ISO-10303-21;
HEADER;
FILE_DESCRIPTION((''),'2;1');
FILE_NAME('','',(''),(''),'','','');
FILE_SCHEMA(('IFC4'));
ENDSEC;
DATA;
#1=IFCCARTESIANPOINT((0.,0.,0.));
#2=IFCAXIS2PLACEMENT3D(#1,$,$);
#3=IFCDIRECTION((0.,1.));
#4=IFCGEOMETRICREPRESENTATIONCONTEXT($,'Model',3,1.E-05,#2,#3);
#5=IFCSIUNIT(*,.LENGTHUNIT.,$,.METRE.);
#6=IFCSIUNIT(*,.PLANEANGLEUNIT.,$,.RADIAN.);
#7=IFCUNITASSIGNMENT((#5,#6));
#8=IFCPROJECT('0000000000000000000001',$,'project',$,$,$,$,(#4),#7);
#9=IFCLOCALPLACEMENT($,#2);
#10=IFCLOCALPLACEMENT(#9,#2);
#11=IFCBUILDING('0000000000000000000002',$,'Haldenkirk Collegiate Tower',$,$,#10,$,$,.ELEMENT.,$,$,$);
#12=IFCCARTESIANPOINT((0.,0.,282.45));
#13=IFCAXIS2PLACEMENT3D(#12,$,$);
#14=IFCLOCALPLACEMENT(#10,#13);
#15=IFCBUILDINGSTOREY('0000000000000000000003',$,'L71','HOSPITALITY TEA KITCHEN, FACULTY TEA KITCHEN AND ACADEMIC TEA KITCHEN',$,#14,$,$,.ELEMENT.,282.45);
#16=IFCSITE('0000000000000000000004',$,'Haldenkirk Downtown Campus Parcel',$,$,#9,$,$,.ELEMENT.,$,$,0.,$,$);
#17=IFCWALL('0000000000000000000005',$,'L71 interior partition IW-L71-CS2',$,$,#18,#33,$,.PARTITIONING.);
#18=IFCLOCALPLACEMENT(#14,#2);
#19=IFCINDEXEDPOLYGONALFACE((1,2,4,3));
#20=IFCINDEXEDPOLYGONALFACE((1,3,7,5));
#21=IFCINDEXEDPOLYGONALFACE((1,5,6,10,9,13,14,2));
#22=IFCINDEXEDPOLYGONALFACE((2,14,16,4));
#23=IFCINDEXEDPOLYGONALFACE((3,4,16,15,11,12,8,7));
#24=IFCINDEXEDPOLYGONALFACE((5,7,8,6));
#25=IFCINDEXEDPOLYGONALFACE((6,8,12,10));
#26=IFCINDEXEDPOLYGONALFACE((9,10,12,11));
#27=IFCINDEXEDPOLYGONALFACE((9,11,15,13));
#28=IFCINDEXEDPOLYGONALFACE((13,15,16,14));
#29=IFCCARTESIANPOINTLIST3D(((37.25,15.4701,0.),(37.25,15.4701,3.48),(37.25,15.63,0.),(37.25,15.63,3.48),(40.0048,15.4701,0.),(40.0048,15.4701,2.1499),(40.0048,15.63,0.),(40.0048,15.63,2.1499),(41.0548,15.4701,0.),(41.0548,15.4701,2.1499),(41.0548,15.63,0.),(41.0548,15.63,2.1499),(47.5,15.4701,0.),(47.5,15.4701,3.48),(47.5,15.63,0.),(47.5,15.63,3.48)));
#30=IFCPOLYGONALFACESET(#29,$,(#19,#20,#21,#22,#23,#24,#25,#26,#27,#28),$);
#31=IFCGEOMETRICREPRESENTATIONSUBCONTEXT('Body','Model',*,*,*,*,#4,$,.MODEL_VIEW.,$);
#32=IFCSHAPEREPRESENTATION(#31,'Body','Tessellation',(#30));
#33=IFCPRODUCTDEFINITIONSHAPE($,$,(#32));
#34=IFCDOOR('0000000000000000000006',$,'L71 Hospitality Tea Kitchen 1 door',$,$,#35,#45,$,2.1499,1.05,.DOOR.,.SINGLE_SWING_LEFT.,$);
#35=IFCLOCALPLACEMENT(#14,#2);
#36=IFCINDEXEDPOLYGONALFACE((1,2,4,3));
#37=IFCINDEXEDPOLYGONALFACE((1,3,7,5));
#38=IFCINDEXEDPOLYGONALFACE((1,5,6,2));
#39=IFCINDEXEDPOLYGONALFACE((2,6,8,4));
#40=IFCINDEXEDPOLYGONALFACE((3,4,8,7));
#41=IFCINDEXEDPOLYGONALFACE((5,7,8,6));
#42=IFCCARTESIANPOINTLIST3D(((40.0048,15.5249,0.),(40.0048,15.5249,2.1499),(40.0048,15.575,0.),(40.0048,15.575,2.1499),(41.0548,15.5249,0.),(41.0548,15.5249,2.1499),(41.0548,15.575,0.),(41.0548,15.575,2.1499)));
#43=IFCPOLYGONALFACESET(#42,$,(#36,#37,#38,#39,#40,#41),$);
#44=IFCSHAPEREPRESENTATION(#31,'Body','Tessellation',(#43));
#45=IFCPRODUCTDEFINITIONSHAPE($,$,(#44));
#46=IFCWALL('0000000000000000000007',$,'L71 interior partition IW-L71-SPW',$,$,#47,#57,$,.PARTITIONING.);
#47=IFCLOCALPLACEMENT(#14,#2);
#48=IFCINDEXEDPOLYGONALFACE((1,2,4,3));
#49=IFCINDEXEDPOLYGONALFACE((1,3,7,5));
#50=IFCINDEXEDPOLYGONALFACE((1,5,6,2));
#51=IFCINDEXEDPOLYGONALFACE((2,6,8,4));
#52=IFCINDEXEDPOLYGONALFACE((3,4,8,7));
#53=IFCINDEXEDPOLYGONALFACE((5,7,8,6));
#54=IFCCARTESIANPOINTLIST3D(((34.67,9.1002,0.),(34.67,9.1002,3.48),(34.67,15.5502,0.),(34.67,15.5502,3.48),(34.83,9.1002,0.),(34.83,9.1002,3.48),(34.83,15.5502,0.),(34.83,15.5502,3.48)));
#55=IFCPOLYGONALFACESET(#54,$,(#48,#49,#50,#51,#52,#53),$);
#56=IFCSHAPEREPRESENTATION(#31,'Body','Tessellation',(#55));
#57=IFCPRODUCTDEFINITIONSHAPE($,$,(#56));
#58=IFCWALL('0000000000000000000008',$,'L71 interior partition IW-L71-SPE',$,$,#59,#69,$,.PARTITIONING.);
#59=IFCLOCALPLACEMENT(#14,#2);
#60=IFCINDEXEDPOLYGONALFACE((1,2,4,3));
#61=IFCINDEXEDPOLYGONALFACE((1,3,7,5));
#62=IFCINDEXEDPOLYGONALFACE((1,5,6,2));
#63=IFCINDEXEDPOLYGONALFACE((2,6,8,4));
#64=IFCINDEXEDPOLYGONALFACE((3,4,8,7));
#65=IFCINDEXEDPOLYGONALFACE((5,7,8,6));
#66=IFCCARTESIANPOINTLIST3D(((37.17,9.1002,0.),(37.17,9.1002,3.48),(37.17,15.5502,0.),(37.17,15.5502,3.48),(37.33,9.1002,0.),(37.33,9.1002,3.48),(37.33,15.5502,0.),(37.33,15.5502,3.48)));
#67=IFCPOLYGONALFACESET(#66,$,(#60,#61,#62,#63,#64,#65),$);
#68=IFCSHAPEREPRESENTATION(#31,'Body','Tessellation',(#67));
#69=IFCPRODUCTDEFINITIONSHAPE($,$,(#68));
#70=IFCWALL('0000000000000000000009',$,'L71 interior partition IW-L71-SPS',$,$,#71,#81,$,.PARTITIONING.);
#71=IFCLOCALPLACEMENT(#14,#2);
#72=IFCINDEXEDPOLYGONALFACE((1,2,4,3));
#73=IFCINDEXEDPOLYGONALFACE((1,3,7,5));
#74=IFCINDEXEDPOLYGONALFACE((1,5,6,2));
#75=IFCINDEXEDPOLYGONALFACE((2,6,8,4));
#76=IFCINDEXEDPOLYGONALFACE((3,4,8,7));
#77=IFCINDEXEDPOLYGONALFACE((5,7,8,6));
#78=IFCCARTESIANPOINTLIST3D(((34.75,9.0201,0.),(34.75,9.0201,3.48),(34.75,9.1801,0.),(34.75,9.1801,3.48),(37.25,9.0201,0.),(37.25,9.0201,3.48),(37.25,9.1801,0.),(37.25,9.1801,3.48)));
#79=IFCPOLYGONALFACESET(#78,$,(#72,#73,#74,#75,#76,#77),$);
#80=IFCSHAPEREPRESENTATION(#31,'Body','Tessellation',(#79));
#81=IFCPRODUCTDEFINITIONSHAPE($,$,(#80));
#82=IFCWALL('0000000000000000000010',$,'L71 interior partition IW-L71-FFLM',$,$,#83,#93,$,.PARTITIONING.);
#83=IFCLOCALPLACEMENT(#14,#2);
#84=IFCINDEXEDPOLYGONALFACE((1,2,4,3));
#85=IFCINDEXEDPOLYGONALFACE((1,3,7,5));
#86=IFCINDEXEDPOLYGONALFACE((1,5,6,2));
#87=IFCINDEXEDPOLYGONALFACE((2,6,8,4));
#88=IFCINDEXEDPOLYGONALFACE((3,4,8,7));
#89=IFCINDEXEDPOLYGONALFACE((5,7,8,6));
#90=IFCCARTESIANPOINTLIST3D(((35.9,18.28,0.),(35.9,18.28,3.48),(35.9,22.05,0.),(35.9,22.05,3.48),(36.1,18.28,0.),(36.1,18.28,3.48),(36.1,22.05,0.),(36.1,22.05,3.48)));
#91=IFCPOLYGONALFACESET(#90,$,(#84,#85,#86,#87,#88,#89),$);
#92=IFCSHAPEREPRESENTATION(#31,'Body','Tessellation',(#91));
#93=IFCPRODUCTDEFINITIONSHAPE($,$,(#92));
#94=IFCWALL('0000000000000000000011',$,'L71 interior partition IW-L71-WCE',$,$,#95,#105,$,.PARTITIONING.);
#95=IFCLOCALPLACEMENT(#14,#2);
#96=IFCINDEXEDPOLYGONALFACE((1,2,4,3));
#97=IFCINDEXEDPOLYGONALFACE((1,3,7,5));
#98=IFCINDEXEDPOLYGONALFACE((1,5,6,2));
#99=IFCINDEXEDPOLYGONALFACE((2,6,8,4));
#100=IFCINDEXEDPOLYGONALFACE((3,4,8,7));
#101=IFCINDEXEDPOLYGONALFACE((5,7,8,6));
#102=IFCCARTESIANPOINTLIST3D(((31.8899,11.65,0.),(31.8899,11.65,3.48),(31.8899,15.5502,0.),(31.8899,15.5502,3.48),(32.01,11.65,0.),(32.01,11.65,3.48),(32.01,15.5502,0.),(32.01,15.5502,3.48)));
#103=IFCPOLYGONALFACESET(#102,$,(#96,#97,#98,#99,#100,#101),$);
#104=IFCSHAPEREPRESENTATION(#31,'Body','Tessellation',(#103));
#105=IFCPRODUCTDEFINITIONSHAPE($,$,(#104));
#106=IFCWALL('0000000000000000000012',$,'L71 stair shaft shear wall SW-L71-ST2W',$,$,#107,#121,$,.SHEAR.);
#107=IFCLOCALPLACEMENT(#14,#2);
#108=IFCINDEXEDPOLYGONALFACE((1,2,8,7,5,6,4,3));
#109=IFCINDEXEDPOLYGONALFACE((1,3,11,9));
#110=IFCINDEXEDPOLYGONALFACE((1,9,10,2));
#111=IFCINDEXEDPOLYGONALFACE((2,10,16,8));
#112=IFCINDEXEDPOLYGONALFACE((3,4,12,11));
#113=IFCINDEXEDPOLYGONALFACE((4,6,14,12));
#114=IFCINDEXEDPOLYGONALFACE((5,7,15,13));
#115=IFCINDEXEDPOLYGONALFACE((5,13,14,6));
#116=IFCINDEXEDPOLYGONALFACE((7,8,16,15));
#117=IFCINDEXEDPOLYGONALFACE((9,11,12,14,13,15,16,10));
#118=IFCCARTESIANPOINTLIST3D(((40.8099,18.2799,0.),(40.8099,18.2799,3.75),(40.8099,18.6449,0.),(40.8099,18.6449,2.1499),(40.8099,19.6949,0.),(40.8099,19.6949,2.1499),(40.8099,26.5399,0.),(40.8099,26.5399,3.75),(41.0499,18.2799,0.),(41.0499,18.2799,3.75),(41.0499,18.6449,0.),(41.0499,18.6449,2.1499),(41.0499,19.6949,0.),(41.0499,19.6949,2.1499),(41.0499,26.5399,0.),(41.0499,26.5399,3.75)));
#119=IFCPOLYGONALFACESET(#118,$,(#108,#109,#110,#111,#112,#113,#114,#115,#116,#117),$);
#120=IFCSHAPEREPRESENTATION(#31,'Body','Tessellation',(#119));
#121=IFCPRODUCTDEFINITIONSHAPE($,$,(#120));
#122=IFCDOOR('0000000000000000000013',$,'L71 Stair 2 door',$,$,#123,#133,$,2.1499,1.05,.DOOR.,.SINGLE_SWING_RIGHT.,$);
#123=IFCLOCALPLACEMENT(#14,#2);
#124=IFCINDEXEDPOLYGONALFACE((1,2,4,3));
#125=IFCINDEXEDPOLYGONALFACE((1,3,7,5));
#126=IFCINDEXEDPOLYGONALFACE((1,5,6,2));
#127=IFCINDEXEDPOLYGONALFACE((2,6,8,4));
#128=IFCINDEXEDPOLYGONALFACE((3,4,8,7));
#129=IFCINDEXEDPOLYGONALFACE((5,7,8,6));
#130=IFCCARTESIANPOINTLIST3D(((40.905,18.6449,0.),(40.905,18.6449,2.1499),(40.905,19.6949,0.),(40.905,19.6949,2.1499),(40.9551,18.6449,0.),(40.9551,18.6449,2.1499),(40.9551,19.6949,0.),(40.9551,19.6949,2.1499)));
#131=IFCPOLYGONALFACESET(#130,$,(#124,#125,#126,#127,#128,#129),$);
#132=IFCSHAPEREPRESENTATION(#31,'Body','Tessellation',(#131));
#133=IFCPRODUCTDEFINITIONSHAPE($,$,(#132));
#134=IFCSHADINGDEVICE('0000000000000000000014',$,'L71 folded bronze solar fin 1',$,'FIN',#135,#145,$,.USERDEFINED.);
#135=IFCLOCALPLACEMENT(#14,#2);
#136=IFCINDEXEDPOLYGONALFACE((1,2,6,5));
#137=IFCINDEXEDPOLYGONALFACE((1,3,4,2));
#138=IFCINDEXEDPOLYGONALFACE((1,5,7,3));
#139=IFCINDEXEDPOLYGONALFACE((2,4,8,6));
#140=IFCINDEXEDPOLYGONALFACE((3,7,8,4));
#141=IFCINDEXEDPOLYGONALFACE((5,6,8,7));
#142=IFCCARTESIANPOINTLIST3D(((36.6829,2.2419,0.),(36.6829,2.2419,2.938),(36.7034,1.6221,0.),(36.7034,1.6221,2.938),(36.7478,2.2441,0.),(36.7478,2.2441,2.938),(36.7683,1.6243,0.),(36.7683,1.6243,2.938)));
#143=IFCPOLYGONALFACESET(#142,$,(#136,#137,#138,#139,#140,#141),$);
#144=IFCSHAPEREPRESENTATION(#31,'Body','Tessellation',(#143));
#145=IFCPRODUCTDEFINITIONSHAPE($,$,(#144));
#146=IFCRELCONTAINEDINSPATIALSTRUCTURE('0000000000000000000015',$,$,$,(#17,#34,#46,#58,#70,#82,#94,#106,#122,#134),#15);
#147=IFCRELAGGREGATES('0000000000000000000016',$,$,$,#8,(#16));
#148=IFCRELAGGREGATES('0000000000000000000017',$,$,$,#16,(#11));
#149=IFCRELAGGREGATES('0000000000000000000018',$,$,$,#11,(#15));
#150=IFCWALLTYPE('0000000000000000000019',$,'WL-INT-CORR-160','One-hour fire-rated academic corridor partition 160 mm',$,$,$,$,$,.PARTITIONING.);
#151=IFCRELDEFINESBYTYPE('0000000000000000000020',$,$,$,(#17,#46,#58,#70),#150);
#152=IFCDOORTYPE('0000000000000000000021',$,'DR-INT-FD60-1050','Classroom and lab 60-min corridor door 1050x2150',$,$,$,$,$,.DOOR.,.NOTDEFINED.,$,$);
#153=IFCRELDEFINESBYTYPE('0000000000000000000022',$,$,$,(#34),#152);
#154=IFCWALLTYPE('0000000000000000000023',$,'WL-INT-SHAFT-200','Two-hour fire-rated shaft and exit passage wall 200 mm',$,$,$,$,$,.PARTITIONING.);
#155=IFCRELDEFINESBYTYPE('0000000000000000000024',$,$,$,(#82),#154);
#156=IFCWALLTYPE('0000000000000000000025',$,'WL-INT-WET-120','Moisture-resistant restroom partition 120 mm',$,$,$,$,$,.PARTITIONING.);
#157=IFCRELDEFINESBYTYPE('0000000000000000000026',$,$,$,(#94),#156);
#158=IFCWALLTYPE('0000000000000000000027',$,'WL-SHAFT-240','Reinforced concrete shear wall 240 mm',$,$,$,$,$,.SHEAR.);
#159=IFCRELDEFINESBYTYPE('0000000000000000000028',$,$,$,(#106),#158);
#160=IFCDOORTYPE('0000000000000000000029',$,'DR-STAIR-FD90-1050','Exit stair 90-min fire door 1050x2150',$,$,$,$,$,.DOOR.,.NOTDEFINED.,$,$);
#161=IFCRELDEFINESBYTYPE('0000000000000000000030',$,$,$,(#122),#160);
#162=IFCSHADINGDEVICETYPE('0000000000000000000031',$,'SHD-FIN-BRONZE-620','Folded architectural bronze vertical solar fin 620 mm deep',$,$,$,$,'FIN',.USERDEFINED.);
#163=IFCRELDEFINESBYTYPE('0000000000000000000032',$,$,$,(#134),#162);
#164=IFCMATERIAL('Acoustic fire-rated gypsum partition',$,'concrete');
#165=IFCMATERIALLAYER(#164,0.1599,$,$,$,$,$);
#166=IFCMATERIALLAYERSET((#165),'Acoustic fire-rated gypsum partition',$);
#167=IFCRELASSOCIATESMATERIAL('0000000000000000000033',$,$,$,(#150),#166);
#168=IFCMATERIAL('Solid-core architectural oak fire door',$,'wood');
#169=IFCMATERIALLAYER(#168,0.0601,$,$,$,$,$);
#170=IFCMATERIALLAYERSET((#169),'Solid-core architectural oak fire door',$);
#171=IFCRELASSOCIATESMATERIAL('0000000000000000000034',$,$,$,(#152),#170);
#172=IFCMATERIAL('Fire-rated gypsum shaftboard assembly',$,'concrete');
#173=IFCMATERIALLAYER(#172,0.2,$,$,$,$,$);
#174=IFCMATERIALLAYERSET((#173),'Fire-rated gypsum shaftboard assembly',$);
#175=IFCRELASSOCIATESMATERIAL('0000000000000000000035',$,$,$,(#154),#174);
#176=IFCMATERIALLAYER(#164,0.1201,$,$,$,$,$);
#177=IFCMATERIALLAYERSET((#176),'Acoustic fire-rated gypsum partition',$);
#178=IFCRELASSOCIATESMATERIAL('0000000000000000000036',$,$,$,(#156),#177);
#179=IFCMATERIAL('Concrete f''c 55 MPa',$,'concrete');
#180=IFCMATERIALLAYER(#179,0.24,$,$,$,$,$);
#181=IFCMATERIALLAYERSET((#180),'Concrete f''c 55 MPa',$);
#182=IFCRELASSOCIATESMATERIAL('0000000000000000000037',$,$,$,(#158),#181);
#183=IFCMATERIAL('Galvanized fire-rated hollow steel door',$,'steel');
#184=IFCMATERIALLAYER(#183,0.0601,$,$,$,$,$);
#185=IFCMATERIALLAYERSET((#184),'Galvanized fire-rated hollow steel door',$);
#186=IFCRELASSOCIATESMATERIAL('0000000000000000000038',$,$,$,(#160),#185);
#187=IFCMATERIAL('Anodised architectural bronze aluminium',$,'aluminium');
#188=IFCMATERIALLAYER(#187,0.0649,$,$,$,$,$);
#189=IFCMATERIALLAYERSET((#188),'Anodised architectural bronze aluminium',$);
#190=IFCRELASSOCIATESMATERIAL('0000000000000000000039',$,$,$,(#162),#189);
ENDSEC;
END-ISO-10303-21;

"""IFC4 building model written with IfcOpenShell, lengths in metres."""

from ifc_helpers import new_model, si_unit, direction, frame, frame_2d, origin, origin_2d, place, context, subcontext, project, spatial, rectangle, extrude, source, transform, mapped, material, layer, layer_set, type_object, element, fill, save


model = new_model("IFC4")

# Units and contexts
model_context = context("Model", 3, precision=1e-05, world=origin(), true_north=direction((0.0, 1.0)))
body_context = subcontext(model_context, "Body", "Model", "MODEL_VIEW")
ifc_project = project(units=[si_unit("LENGTHUNIT", "METRE"), si_unit("PLANEANGLEUNIT", "RADIAN")], contexts=[model_context])

# Site, building, storey
site_placement = place(None, origin())
site = spatial("IfcSite", under=ifc_project, at=site_placement, Name="Haldenkirk Downtown Campus Parcel", CompositionType="ELEMENT", RefElevation=0.0)
building_placement = place(site_placement, origin())
building = spatial("IfcBuilding", under=site, at=building_placement, Name="Haldenkirk Collegiate Tower", CompositionType="ELEMENT")
storey_placement = place(building_placement, frame((0.0, 0.0, 282.45)))
storey = spatial("IfcBuildingStorey", under=building, at=storey_placement, Name="L71", Description="HOSPITALITY TEA KITCHEN, FACULTY TEA KITCHEN AND ACADEMIC TEA KITCHEN", CompositionType="ELEMENT", Elevation=282.45)

# Shared definitions
ifc_material_1 = material(Name="Anodised architectural bronze aluminium", Category="aluminium")

# Wall, opening, door
ifc_material_2 = material(Name="Acoustic fire-rated gypsum partition", Category="concrete")
ifc_layer_1 = layer(ifc_material_2, 0.1599)
ifc_layer_set_1 = layer_set([ifc_layer_1], Name="Acoustic fire-rated gypsum partition")
wall_type_1 = type_object("IfcWallType", Name="WL-INT-CORR-160", Description="One-hour fire-rated academic corridor partition 160 mm", PredefinedType="PARTITIONING", material=ifc_layer_set_1)
wall_1_placement = place(storey_placement, frame((37.25, 15.55, 0.0), z_axis=(0.0, 0.0, 1.0), x_axis=(1.0, 0.0, 0.0)))
wall_1 = element("IfcWall", 1, at=wall_1_placement, inside=storey, type_object=wall_type_1, Name="L71 interior partition IW-L71-CS2", PredefinedType="PARTITIONING", context=body_context, shape_type="SweptSolid", body=[
    extrude(rectangle(XDim=10.25, YDim=0.1599, at=frame_2d((5.125, 0.0))), origin(), (0.0, 0.0, 1.0), 3.48),
])
opening_1_placement = place(wall_1_placement, frame((2.7549, 0.0, 0.0)))
opening_1 = element("IfcOpeningElement", 2, at=opening_1_placement, cuts=wall_1, PredefinedType="OPENING", context=body_context, shape_type="SweptSolid", body=[
    extrude(rectangle(XDim=1.05, YDim=2.1499, at=frame_2d((0.5249, 1.075))), frame((0.0, 0.0898, 0.0), z_axis=(0.0, -1.0, 0.0), x_axis=(1.0, 0.0, 0.0)), (0.0, 0.0, 1.0), 0.1799),
])
ifc_material_3 = material(Name="Solid-core architectural oak fire door", Category="wood")
ifc_layer_2 = layer(ifc_material_3, 0.0601)
ifc_layer_set_2 = layer_set([ifc_layer_2], Name="Solid-core architectural oak fire door")
door_type_1 = type_object("IfcDoorType", Name="DR-INT-FD60-1050", Description="Classroom and lab 60-min corridor door 1050x2150", OperationType="NOTDEFINED", PredefinedType="DOOR", material=ifc_layer_set_2)
door_1_placement = place(opening_1_placement, origin())
door_1 = element("IfcDoor", 3, at=door_1_placement, inside=storey, type_object=door_type_1, Name="L71 Hospitality Tea Kitchen 1 door", OperationType="SINGLE_SWING_LEFT", OverallHeight=2.1499, OverallWidth=1.05, PredefinedType="DOOR", context=body_context, shape_type="SweptSolid", body=[
    extrude(rectangle(XDim=1.05, YDim=2.1499, at=frame_2d((0.5249, 1.075))), frame((0.0, 0.0249, 0.0), z_axis=(0.0, -1.0, 0.0), x_axis=(1.0, 0.0, 0.0)), (0.0, 0.0, 1.0), 0.05),
])
fill(opening_1, door_1)

# Walls
for number, where, z_axis, x_axis, name in (
    (4, (34.75, 9.1001, 0.0), (0.0, 0.0, 1.0), (0.0, 1.0, 0.0), "L71 interior partition IW-L71-SPW"),
    (5, (37.25, 9.1001, 0.0), (0.0, 0.0, 1.0), (0.0, 1.0, 0.0), "L71 interior partition IW-L71-SPE"),
):
    element("IfcWall", number, at=place(storey_placement, frame(where, z_axis=z_axis, x_axis=x_axis)), inside=storey, type_object=wall_type_1, Name=name, PredefinedType="PARTITIONING", context=body_context, shape_type="SweptSolid", body=[
        extrude(rectangle(XDim=6.45, YDim=0.1599, at=frame_2d((3.2251, 0.0))), origin(), (0.0, 0.0, 1.0), 3.48),
    ])
wall_2_placement = place(storey_placement, frame((34.75, 9.1001, 0.0), z_axis=(0.0, 0.0, 1.0), x_axis=(1.0, 0.0, 0.0)))
element("IfcWall", 6, at=wall_2_placement, inside=storey, type_object=wall_type_1, Name="L71 interior partition IW-L71-SPS", PredefinedType="PARTITIONING", context=body_context, shape_type="SweptSolid", body=[
    extrude(rectangle(XDim=2.5, YDim=0.1599, at=frame_2d((1.25, 0.0))), origin(), (0.0, 0.0, 1.0), 3.48),
])
ifc_material_4 = material(Name="Fire-rated gypsum shaftboard assembly", Category="concrete")
ifc_layer_3 = layer(ifc_material_4, 0.2)
ifc_layer_set_3 = layer_set([ifc_layer_3], Name="Fire-rated gypsum shaftboard assembly")
wall_type_2 = type_object("IfcWallType", Name="WL-INT-SHAFT-200", Description="Two-hour fire-rated shaft and exit passage wall 200 mm", PredefinedType="PARTITIONING", material=ifc_layer_set_3)
wall_3_placement = place(storey_placement, frame((36.0, 18.28, 0.0), z_axis=(0.0, 0.0, 1.0), x_axis=(0.0, 1.0, 0.0)))
element("IfcWall", 7, at=wall_3_placement, inside=storey, type_object=wall_type_2, Name="L71 interior partition IW-L71-FFLM", PredefinedType="PARTITIONING", context=body_context, shape_type="SweptSolid", body=[
    extrude(rectangle(XDim=3.77, YDim=0.2, at=frame_2d((1.885, 0.0))), origin(), (0.0, 0.0, 1.0), 3.48),
])
ifc_layer_4 = layer(ifc_material_2, 0.1201)
ifc_layer_set_4 = layer_set([ifc_layer_4], Name="Acoustic fire-rated gypsum partition")
wall_type_3 = type_object("IfcWallType", Name="WL-INT-WET-120", Description="Moisture-resistant restroom partition 120 mm", PredefinedType="PARTITIONING", material=ifc_layer_set_4)
wall_4_placement = place(storey_placement, frame((31.95, 11.6499, 0.0), z_axis=(0.0, 0.0, 1.0), x_axis=(0.0, 1.0, 0.0)))
element("IfcWall", 8, at=wall_4_placement, inside=storey, type_object=wall_type_3, Name="L71 interior partition IW-L71-WCE", PredefinedType="PARTITIONING", context=body_context, shape_type="SweptSolid", body=[
    extrude(rectangle(XDim=3.9001, YDim=0.1201, at=frame_2d((1.9502, 0.0))), origin(), (0.0, 0.0, 1.0), 3.48),
])

# Wall, opening, door
ifc_material_5 = material(Name="Concrete f'c 55 MPa", Category="concrete")
ifc_layer_5 = layer(ifc_material_5, 0.24)
ifc_layer_set_5 = layer_set([ifc_layer_5], Name="Concrete f'c 55 MPa")
wall_type_4 = type_object("IfcWallType", Name="WL-SHAFT-240", Description="Reinforced concrete shear wall 240 mm", PredefinedType="SHEAR", material=ifc_layer_set_5)
wall_5_placement = place(storey_placement, frame((40.9299, 18.28, 0.0), z_axis=(0.0, 0.0, 1.0), x_axis=(0.0, 1.0, 0.0)))
wall_5 = element("IfcWall", 9, at=wall_5_placement, inside=storey, type_object=wall_type_4, Name="L71 stair shaft shear wall SW-L71-ST2W", PredefinedType="SHEAR", context=body_context, shape_type="SweptSolid", body=[
    extrude(rectangle(XDim=8.26, YDim=0.24, at=frame_2d((4.1299, 0.0))), origin(), (0.0, 0.0, 1.0), 3.75),
])
opening_2_placement = place(wall_5_placement, frame((0.365, 0.0, 0.0)))
opening_2 = element("IfcOpeningElement", 10, at=opening_2_placement, cuts=wall_5, PredefinedType="OPENING", context=body_context, shape_type="SweptSolid", body=[
    extrude(rectangle(XDim=1.05, YDim=2.1499, at=frame_2d((0.5249, 1.075))), frame((0.0, 0.1299, 0.0), z_axis=(0.0, -1.0, 0.0), x_axis=(1.0, 0.0, 0.0)), (0.0, 0.0, 1.0), 0.26),
])
ifc_material_6 = material(Name="Galvanized fire-rated hollow steel door", Category="steel")
ifc_layer_6 = layer(ifc_material_6, 0.0601)
ifc_layer_set_6 = layer_set([ifc_layer_6], Name="Galvanized fire-rated hollow steel door")
door_type_2 = type_object("IfcDoorType", Name="DR-STAIR-FD90-1050", Description="Exit stair 90-min fire door 1050x2150", OperationType="NOTDEFINED", PredefinedType="DOOR", material=ifc_layer_set_6)
door_2_placement = place(opening_2_placement, origin())
door_2 = element("IfcDoor", 11, at=door_2_placement, inside=storey, type_object=door_type_2, Name="L71 Stair 2 door", OperationType="SINGLE_SWING_RIGHT", OverallHeight=2.1499, OverallWidth=1.05, PredefinedType="DOOR", context=body_context, shape_type="SweptSolid", body=[
    extrude(rectangle(XDim=1.05, YDim=2.1499, at=frame_2d((0.5249, 1.075))), frame((0.0, 0.0249, 0.0), z_axis=(0.0, -1.0, 0.0), x_axis=(1.0, 0.0, 0.0)), (0.0, 0.0, 1.0), 0.05),
])
fill(opening_2, door_2)

# Shading device
ifc_layer_7 = layer(ifc_material_1, 0.0649)
ifc_layer_set_7 = layer_set([ifc_layer_7], Name="Anodised architectural bronze aluminium")
shading_device_type = type_object("IfcShadingDeviceType", Name="SHD-FIN-BRONZE-620", Description="Folded architectural bronze vertical solar fin 620 mm deep", ElementType="FIN", PredefinedType="USERDEFINED", material=ifc_layer_set_7)
shared_shape_1 = source(origin(), body_context, "Body", "SweptSolid", [
    extrude(rectangle(XDim=0.6201, YDim=0.0649, at=origin_2d()), origin(), (0.0, 0.0, 1.0), 2.938),
])
shading_device_placement = place(storey_placement, frame((36.7256, 1.9331, 0.0), z_axis=(0.0, 0.0, 1.0), x_axis=(0.033155, -0.99945, 0.0)))
element("IfcShadingDevice", 12, at=shading_device_placement, inside=storey, type_object=shading_device_type, Name="L71 folded bronze solar fin 1", ObjectType="FIN", PredefinedType="USERDEFINED", context=body_context, shape_type="MappedRepresentation", body=[
    mapped(shared_shape_1, transform((0.0, 0.0, 0.0), x_axis=(1.0, 0.0, 0.0), y_axis=(0.0, 1.0, 0.0), z_axis=(0.0, 0.0, 1.0), scale=1.0)),
])

save(model, "model.ifc")
